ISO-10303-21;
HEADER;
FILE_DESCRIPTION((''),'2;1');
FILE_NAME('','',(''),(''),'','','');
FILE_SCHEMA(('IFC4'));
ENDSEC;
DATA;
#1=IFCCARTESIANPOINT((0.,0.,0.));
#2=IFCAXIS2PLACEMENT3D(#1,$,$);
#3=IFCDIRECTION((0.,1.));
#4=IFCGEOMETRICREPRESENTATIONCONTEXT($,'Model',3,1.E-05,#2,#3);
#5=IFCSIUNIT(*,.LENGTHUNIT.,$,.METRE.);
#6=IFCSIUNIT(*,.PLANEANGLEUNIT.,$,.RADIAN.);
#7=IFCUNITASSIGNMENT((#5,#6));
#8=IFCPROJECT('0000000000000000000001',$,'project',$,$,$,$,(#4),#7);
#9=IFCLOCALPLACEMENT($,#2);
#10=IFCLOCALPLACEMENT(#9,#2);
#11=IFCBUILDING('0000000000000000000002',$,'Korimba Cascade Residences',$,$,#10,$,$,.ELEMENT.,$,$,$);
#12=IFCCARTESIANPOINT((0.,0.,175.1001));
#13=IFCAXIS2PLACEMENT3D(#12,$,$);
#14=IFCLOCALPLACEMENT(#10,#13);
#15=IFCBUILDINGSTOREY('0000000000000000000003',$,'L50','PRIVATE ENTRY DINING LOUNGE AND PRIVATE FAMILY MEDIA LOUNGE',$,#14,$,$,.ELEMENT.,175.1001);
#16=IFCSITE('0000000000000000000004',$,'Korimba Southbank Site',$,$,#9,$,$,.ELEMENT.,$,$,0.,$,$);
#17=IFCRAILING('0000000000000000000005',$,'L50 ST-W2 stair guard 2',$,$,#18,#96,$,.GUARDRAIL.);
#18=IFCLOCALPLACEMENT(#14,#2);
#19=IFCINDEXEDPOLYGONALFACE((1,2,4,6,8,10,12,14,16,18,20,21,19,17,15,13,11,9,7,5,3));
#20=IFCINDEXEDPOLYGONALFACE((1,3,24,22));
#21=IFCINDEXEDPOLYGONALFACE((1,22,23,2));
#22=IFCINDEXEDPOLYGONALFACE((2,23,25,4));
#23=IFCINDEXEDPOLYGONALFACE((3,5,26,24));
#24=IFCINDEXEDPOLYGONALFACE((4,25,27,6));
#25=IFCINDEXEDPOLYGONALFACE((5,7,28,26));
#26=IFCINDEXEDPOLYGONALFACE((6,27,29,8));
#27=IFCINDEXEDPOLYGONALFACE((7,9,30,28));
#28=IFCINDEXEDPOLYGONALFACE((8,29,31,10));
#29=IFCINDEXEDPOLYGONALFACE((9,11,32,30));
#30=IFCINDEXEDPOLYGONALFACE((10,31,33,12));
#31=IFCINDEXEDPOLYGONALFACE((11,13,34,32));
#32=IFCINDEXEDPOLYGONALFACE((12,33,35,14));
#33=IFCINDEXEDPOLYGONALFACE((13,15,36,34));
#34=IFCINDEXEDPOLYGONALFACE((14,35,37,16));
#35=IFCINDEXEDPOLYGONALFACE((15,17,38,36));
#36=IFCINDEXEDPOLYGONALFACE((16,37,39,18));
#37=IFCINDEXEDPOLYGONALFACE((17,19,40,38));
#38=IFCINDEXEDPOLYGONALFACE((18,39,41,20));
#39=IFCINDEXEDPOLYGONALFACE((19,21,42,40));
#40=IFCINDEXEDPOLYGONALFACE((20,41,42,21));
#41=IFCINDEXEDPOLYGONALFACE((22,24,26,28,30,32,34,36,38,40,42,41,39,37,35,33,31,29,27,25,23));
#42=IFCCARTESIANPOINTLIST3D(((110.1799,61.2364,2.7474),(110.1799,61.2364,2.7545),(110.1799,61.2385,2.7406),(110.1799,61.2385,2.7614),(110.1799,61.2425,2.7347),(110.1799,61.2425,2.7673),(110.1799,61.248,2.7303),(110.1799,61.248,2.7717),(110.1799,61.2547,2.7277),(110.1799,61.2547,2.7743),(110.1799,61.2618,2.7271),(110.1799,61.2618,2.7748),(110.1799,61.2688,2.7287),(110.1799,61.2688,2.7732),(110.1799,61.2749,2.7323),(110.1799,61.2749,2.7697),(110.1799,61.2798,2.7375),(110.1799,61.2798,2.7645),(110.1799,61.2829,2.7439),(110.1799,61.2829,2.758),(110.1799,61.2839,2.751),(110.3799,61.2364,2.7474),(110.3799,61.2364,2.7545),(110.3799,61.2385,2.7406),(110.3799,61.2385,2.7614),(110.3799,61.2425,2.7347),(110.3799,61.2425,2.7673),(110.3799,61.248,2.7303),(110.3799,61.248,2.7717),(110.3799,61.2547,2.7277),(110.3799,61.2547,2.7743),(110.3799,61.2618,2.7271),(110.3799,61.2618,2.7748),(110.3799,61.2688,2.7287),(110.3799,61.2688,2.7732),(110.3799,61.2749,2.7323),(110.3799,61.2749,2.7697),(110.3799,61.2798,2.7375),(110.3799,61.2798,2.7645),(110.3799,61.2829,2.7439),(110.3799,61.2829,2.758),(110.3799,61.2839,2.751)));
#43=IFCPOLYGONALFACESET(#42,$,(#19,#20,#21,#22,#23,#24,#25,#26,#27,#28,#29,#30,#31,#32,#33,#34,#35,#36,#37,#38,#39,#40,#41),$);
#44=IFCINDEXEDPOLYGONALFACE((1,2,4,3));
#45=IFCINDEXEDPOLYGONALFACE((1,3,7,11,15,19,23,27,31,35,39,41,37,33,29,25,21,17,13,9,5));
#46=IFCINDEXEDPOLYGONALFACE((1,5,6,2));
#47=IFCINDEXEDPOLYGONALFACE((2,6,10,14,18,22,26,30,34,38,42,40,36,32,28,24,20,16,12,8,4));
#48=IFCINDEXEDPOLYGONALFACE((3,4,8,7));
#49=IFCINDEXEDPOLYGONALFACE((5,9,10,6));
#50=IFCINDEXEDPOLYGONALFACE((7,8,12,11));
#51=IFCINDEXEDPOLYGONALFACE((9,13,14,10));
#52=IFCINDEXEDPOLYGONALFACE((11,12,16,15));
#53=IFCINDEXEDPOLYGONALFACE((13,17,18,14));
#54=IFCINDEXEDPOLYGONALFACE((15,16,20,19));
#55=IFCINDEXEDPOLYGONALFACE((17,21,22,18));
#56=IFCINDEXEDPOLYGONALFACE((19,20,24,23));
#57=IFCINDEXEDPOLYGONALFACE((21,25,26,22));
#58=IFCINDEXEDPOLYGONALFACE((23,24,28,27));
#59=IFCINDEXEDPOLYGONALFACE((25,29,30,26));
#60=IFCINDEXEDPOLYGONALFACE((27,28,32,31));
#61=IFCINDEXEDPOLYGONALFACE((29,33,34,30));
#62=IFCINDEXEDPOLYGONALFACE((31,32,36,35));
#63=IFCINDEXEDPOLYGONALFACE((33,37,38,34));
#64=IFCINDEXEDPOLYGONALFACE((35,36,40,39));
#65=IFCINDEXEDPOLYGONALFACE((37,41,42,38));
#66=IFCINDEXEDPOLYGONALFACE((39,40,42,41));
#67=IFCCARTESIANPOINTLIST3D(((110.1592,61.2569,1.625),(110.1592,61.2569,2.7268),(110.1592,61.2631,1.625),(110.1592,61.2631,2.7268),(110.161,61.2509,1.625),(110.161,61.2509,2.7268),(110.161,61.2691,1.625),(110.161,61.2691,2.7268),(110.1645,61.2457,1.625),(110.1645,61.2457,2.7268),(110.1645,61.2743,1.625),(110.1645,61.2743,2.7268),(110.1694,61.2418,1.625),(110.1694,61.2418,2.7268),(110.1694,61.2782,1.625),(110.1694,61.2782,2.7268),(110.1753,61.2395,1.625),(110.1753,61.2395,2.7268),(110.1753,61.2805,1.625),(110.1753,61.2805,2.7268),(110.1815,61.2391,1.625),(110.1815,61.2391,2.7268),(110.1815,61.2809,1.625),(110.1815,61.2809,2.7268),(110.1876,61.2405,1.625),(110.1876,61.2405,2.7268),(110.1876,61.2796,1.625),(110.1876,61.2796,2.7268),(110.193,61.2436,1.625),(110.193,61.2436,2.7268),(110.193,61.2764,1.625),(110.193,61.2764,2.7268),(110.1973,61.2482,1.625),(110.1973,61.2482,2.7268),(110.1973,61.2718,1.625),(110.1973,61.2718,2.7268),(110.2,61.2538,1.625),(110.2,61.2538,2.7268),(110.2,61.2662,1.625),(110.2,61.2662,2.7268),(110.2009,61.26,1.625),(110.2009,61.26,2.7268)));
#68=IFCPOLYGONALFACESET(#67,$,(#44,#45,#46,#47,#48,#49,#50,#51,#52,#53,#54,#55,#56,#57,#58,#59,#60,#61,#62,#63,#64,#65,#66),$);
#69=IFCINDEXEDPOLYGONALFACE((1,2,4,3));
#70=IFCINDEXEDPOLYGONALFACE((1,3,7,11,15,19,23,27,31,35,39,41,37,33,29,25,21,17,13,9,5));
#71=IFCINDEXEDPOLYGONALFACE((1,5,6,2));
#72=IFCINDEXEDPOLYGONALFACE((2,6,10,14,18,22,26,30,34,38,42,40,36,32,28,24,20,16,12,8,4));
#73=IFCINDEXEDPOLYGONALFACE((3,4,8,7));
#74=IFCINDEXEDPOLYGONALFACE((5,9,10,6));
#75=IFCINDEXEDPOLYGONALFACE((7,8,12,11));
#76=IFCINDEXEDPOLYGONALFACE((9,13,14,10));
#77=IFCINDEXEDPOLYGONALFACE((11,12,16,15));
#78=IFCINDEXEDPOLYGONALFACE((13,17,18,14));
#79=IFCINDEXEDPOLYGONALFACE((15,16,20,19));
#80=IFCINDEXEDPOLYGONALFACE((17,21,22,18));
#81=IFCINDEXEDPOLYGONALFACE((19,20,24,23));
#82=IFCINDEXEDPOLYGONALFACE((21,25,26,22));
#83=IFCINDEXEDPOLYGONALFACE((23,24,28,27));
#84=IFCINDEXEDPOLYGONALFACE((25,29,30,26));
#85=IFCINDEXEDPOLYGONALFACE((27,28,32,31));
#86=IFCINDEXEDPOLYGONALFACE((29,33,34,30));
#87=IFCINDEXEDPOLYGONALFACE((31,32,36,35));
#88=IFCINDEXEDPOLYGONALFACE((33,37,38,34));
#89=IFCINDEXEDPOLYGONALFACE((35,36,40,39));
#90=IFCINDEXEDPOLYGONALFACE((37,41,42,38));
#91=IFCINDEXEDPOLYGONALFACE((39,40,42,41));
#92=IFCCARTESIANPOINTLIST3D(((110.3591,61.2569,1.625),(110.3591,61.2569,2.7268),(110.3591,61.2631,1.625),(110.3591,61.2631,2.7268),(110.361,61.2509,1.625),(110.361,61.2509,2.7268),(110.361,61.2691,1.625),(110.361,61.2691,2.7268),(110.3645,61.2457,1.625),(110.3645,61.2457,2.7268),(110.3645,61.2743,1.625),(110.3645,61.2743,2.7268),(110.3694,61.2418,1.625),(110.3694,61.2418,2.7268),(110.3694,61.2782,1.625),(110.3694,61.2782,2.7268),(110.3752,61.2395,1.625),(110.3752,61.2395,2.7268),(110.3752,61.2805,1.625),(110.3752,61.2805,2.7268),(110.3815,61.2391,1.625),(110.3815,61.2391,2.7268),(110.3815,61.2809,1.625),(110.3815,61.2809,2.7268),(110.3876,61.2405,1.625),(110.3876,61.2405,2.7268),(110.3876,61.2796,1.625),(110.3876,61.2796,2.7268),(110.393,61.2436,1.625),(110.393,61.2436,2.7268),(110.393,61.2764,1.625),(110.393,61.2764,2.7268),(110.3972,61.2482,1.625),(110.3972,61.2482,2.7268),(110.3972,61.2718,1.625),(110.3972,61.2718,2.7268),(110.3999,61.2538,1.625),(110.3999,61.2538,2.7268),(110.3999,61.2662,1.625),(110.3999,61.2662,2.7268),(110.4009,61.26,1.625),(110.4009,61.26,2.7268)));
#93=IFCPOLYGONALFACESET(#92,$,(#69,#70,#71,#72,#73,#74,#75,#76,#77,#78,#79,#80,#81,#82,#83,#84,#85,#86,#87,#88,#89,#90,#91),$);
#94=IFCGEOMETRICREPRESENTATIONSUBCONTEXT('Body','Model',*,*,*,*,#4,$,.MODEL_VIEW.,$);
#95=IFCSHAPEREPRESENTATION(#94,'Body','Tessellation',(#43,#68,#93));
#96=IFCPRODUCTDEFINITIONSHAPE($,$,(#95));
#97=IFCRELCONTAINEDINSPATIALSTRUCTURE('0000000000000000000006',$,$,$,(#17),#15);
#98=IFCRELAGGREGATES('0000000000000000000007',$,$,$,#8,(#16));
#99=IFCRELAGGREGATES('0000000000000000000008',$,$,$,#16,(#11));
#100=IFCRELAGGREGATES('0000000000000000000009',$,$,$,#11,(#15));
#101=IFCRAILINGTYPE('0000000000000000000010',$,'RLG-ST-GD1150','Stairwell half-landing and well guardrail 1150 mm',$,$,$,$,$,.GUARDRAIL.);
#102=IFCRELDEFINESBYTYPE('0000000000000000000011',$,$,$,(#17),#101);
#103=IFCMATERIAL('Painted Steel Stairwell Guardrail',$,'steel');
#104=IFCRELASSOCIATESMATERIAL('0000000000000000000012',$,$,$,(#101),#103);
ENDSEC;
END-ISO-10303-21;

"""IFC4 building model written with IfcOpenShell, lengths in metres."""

from ifc_helpers import new_model, si_unit, direction, frame, origin, origin_2d, place, context, subcontext, project, spatial, circle, extrude, material, type_object, element, save


model = new_model("IFC4")

# Units and contexts
model_context = context("Model", 3, precision=1e-05, world=origin(), true_north=direction((0.0, 1.0)))
body_context = subcontext(model_context, "Body", "Model", "MODEL_VIEW")
ifc_project = project(units=[si_unit("LENGTHUNIT", "METRE"), si_unit("PLANEANGLEUNIT", "RADIAN")], contexts=[model_context])

# Site, building, storey
site_placement = place(None, origin())
site = spatial("IfcSite", under=ifc_project, at=site_placement, Name="Korimba Southbank Site", CompositionType="ELEMENT", RefElevation=0.0)
building_placement = place(site_placement, origin())
building = spatial("IfcBuilding", under=site, at=building_placement, Name="Korimba Cascade Residences", CompositionType="ELEMENT")
storey_placement = place(building_placement, frame((0.0, 0.0, 175.1001)))
storey = spatial("IfcBuildingStorey", under=building, at=storey_placement, Name="L50", Description="PRIVATE ENTRY DINING LOUNGE AND PRIVATE FAMILY MEDIA LOUNGE", CompositionType="ELEMENT", Elevation=175.1001)

# Railing
ifc_material_1 = material(Name="Painted Steel Stairwell Guardrail", Category="steel")
railing_type_1 = type_object("IfcRailingType", Name="RLG-ST-GD1150", Description="Stairwell half-landing and well guardrail 1150 mm", PredefinedType="GUARDRAIL", material=ifc_material_1)
railing_1_placement = place(storey_placement, frame((110.1799, 61.26, 1.625)))
element("IfcRailing", 1, at=railing_1_placement, inside=storey, type_object=railing_type_1, Name="L50 ST-W2 stair guard 2", PredefinedType="GUARDRAIL", context=body_context, shape_type="SweptSolid", body=[
    extrude(circle(Radius=0.0239, at=origin_2d()), frame((0.0, 0.0, 1.126), z_axis=(1.0, 0.0, 0.0), x_axis=(0.0, 1.0, 0.0)), (0.0, 0.0, 1.0), 0.2),
    extrude(circle(Radius=0.021, at=origin_2d()), origin(), (0.0, 0.0, 1.0), 1.1018),
    extrude(circle(Radius=0.021, at=origin_2d()), frame((0.2, 0.0, 0.0)), (0.0, 0.0, 1.0), 1.1018),
])

save(model, "model.ifc")
